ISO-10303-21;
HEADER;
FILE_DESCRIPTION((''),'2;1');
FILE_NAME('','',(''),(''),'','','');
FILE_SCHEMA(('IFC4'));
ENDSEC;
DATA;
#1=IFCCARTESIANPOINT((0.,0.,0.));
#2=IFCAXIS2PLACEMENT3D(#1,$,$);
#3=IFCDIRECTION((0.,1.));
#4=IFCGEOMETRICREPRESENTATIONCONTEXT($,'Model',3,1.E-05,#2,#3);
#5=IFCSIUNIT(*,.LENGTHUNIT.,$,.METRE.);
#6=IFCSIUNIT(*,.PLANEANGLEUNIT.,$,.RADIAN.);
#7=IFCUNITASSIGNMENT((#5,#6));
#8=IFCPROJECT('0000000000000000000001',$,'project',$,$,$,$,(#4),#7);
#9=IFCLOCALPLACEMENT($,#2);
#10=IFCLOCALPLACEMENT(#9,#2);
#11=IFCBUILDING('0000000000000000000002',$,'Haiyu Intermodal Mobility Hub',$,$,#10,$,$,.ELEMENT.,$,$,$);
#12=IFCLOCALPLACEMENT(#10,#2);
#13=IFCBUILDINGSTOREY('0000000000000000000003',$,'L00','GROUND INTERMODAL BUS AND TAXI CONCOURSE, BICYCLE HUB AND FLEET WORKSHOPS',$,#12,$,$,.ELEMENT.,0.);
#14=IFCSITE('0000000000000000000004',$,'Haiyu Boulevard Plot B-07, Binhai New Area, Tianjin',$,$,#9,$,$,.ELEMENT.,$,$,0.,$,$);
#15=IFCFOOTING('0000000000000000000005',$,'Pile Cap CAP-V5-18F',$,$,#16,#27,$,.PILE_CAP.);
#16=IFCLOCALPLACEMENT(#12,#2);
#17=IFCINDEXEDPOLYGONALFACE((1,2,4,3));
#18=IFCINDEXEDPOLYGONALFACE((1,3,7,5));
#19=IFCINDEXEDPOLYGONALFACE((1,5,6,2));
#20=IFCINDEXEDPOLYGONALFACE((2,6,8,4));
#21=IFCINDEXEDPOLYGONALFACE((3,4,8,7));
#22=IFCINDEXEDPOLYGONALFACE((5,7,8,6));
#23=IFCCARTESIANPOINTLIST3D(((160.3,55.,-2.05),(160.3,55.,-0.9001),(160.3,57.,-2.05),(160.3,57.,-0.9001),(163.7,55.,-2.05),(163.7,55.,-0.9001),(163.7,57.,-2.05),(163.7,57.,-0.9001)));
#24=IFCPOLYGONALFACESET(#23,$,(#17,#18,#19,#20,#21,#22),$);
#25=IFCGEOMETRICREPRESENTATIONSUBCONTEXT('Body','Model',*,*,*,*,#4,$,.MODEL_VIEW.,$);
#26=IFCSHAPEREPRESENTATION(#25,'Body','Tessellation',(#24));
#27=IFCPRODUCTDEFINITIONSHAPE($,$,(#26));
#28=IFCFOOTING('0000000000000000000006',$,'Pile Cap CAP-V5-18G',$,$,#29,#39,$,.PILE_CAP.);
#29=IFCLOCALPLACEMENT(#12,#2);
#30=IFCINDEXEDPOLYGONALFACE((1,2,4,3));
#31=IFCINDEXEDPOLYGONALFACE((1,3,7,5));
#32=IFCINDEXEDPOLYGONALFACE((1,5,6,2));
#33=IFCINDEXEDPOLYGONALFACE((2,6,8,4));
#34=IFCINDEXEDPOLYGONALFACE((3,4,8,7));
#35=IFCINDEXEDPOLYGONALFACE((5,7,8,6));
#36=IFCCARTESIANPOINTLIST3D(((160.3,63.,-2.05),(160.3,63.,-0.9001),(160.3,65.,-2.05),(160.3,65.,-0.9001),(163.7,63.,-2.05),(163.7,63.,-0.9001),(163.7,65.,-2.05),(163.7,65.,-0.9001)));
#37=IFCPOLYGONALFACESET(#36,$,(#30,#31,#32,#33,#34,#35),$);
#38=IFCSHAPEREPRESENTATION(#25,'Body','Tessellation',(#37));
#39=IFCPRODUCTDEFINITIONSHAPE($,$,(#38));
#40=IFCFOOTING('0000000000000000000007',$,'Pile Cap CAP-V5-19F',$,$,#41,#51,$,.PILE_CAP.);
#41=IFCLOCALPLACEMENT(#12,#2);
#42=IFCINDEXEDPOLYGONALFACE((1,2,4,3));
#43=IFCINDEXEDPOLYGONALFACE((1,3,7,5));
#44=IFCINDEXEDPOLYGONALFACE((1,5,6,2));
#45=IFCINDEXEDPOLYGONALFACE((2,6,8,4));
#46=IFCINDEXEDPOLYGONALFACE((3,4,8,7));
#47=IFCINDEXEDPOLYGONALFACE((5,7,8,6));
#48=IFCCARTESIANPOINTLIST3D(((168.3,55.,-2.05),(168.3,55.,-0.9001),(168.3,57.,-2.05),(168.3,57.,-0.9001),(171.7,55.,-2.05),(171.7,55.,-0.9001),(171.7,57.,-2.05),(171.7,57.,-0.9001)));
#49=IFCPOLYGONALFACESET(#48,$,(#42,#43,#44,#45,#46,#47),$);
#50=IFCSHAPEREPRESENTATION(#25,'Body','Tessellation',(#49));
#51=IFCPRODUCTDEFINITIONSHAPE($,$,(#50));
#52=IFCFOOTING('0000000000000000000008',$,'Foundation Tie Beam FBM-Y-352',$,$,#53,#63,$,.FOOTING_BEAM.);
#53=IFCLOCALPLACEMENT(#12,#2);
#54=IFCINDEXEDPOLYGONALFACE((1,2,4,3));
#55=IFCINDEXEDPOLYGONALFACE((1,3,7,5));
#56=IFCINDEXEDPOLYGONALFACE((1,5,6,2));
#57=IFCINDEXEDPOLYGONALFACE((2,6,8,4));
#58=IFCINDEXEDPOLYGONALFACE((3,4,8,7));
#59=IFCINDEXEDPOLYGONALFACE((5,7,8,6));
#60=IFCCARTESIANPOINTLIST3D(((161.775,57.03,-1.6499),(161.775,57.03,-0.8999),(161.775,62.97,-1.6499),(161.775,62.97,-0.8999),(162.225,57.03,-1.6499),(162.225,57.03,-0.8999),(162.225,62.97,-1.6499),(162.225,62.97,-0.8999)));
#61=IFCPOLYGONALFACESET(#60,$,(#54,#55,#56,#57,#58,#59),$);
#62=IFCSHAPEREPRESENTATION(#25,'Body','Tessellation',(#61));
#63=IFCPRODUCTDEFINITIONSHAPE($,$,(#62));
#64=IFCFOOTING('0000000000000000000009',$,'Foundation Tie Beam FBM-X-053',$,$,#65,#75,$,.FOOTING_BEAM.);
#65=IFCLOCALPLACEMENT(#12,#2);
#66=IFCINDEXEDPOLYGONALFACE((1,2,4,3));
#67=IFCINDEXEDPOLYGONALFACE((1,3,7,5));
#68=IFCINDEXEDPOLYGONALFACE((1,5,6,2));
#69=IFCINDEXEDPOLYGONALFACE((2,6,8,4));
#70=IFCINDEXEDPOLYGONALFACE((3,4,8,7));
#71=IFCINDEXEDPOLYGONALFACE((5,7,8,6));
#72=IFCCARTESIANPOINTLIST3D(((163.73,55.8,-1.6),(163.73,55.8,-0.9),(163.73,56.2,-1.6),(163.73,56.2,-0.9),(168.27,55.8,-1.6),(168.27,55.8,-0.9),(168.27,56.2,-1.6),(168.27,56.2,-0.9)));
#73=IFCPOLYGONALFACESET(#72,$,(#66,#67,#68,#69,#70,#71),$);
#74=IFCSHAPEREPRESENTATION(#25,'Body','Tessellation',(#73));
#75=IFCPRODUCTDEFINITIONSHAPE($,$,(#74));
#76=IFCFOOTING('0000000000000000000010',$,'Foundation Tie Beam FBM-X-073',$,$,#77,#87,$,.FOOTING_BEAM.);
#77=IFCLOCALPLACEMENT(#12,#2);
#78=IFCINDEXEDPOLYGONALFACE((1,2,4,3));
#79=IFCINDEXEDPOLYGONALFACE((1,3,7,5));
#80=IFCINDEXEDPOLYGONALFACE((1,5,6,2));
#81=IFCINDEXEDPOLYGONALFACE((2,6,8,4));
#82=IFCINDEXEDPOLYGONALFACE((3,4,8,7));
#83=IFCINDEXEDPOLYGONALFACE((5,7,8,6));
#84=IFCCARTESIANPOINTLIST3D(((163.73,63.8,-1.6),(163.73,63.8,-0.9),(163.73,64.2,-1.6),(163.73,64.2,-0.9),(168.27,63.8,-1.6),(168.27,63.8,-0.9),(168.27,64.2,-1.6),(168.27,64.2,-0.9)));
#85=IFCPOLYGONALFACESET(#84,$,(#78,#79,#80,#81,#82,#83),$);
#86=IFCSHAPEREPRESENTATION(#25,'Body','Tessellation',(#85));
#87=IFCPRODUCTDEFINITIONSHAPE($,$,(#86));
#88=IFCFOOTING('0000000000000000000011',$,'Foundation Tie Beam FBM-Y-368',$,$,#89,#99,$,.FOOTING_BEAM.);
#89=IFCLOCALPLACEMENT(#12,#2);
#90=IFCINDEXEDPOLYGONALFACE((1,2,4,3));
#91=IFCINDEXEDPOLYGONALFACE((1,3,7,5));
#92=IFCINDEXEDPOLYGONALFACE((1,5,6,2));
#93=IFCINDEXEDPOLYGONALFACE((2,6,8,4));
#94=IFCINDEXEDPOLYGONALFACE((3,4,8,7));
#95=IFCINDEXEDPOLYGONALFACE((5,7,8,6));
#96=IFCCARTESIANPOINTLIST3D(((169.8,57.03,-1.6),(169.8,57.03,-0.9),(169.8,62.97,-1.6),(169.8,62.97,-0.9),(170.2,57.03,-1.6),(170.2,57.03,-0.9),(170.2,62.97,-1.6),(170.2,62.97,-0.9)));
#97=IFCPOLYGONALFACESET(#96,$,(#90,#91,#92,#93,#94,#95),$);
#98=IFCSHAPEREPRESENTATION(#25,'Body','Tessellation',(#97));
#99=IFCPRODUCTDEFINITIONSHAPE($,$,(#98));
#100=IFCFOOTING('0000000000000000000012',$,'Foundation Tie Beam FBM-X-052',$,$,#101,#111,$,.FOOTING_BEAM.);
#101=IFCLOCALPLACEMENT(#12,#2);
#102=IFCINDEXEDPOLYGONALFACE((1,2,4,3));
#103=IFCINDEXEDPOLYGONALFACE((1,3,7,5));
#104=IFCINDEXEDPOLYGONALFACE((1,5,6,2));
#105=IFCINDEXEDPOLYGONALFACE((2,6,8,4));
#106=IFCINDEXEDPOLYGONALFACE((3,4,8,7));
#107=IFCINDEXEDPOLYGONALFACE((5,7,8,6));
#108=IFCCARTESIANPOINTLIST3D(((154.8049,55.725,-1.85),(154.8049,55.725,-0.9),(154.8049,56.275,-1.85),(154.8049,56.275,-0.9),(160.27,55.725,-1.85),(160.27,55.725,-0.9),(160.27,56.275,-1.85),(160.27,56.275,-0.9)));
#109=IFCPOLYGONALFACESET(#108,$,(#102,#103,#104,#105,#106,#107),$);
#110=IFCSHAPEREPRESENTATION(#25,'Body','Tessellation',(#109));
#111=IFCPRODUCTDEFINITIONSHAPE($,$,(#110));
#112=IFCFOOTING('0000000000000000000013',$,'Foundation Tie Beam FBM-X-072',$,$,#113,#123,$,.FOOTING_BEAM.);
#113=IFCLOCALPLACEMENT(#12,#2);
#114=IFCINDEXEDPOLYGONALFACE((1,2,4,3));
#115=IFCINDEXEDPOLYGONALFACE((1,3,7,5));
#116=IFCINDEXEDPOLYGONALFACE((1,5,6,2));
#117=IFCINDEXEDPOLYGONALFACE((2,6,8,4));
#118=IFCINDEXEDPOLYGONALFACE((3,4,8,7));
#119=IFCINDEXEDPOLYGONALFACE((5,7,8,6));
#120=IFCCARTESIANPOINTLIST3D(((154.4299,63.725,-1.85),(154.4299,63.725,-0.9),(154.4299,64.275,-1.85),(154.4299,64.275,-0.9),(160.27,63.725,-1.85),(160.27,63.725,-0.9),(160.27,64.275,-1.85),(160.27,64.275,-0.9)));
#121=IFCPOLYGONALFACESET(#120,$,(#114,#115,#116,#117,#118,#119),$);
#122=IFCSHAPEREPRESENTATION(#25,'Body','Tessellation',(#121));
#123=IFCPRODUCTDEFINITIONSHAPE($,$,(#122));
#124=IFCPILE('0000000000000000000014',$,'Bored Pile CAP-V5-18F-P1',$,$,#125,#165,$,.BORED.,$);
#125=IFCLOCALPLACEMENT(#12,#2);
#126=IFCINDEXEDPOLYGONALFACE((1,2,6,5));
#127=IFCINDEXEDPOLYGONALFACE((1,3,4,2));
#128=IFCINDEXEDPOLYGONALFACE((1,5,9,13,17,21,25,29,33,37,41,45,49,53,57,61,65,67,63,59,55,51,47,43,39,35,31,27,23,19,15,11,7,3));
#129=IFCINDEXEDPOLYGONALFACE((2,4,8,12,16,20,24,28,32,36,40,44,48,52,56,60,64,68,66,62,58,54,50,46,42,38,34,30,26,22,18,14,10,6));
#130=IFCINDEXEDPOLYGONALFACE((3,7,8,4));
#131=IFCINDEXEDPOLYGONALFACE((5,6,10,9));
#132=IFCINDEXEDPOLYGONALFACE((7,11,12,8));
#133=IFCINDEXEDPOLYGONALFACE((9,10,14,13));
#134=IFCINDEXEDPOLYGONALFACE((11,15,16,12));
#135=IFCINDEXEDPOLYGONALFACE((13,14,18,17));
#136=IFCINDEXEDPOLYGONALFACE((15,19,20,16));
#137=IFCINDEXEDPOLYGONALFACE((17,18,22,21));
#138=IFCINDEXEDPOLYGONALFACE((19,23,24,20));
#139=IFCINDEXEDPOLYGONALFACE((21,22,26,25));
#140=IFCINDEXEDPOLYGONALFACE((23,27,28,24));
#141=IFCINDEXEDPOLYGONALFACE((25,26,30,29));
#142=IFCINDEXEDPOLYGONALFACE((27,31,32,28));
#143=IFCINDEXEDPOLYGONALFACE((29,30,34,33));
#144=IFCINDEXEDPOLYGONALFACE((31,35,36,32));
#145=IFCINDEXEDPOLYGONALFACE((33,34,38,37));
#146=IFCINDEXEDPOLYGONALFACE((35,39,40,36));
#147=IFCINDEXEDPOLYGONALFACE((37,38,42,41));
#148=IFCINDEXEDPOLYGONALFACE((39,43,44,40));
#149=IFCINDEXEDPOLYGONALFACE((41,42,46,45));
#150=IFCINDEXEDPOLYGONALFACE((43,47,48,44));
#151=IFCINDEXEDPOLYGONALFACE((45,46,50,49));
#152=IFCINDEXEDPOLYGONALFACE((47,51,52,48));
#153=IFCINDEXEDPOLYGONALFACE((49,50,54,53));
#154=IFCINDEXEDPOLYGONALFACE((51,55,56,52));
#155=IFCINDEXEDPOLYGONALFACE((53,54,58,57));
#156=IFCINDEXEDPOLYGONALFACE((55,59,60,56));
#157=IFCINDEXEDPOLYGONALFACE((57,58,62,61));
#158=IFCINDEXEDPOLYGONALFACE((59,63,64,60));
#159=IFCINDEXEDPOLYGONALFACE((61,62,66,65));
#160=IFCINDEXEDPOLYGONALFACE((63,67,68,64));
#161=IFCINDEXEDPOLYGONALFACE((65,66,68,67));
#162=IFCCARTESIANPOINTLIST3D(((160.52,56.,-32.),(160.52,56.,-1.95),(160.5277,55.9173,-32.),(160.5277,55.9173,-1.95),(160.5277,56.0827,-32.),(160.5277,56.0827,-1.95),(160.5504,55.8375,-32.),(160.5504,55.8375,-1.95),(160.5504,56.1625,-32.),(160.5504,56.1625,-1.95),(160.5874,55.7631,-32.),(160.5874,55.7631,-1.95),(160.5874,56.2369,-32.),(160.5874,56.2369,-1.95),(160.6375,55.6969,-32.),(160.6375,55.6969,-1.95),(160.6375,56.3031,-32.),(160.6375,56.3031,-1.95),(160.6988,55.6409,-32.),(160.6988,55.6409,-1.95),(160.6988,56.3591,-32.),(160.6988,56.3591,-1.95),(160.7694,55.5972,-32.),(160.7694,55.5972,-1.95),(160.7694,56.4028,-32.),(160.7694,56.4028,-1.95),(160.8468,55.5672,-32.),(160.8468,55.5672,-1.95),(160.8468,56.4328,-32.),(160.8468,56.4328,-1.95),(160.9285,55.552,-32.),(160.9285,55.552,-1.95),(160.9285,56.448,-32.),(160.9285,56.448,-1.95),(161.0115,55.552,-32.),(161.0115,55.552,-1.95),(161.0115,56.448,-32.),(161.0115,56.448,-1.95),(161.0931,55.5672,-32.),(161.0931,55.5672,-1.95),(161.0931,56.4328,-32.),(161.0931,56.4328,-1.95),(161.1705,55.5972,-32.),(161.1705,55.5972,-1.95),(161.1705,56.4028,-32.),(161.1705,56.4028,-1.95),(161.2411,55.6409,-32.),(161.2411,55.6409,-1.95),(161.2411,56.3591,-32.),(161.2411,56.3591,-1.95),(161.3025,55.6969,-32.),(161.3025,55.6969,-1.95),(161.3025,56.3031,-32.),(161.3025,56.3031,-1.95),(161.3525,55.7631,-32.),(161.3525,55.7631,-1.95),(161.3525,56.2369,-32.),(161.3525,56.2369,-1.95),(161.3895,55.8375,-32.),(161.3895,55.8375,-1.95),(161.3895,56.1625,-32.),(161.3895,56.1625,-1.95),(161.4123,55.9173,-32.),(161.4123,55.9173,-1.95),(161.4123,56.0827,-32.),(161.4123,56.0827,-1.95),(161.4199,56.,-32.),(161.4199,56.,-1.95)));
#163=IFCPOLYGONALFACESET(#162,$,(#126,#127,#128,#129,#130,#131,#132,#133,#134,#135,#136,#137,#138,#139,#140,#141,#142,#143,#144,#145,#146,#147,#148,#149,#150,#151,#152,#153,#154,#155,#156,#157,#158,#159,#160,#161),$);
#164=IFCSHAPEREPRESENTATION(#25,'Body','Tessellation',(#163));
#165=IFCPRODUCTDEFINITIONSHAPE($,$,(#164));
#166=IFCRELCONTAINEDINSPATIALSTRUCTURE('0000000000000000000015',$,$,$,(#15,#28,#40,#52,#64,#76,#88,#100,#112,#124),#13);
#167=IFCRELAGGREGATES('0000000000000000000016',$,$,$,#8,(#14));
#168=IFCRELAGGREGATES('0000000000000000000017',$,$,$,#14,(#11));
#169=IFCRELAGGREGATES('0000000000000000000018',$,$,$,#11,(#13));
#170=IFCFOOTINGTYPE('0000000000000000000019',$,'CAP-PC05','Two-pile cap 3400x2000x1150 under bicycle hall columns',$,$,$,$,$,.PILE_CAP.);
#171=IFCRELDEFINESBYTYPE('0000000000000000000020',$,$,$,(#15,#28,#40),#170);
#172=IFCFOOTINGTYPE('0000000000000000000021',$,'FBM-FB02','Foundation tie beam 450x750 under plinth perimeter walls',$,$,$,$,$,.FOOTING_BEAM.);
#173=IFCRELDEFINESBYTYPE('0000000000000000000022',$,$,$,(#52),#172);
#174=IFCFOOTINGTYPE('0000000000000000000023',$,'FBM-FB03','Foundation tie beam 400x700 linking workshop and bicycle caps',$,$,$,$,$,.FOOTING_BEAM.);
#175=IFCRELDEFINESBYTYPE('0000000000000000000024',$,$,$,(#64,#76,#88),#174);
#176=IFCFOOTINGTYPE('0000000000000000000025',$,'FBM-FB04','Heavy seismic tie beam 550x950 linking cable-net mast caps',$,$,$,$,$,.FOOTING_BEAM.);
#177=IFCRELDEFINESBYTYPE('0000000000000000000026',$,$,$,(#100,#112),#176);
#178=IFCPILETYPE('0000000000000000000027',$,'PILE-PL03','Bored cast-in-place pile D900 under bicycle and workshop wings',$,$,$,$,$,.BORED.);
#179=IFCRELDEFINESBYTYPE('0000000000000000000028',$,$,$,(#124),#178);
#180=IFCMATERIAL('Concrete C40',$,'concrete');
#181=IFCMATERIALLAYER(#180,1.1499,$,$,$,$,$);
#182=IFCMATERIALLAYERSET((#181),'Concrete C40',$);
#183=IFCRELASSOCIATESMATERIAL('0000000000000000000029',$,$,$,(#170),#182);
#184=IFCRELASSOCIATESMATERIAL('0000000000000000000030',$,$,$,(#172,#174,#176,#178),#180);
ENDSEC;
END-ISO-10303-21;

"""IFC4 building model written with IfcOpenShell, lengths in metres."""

from ifc_helpers import new_model, si_unit, direction, frame, origin, origin_2d, place, context, subcontext, project, spatial, rectangle, circle, extrude, material, layer, layer_set, material_profile, profile_set, type_object, element, save


model = new_model("IFC4")

# Units and contexts
model_context = context("Model", 3, precision=1e-05, world=origin(), true_north=direction((0.0, 1.0)))
body_context = subcontext(model_context, "Body", "Model", "MODEL_VIEW")
ifc_project = project(units=[si_unit("LENGTHUNIT", "METRE"), si_unit("PLANEANGLEUNIT", "RADIAN")], contexts=[model_context])

# Site, building, storey
site_placement = place(None, origin())
site = spatial("IfcSite", under=ifc_project, at=site_placement, Name="Haiyu Boulevard Plot B-07, Binhai New Area, Tianjin", CompositionType="ELEMENT", RefElevation=0.0)
building_placement = place(site_placement, origin())
building = spatial("IfcBuilding", under=site, at=building_placement, Name="Haiyu Intermodal Mobility Hub", CompositionType="ELEMENT")
storey_placement = place(building_placement, origin())
storey = spatial("IfcBuildingStorey", under=building, at=storey_placement, Name="L00", Description="GROUND INTERMODAL BUS AND TAXI CONCOURSE, BICYCLE HUB AND FLEET WORKSHOPS", CompositionType="ELEMENT", Elevation=0.0)

# Footings
ifc_material_1 = material(Name="Concrete C40", Category="concrete")
ifc_layer = layer(ifc_material_1, 1.1499)
ifc_layer_set = layer_set([ifc_layer], Name="Concrete C40")
footing_type_1 = type_object("IfcFootingType", Name="CAP-PC05", Description="Two-pile cap 3400x2000x1150 under bicycle hall columns", PredefinedType="PILE_CAP", material=ifc_layer_set)
for number, where, z_axis, x_axis, name in (
    (1, (162.0, 56.0, -2.05), (0.0, 0.0, 1.0), (1.0, 0.0, 0.0), "Pile Cap CAP-V5-18F"),
    (2, (162.0, 64.0, -2.05), (0.0, 0.0, 1.0), (1.0, 0.0, 0.0), "Pile Cap CAP-V5-18G"),
    (3, (170.0, 56.0, -2.05), (0.0, 0.0, 1.0), (1.0, 0.0, 0.0), "Pile Cap CAP-V5-19F"),
):
    element("IfcFooting", number, at=place(storey_placement, frame(where, z_axis=z_axis, x_axis=x_axis)), inside=storey, type_object=footing_type_1, Name=name, PredefinedType="PILE_CAP", context=body_context, shape_type="SweptSolid", body=[
        extrude(rectangle(XDim=3.3999, YDim=2.0, at=origin_2d()), origin(), (0.0, 0.0, 1.0), 1.1499),
    ])
ifc_material_profile_1 = material_profile(ifc_material_1, rectangle(XDim=0.45, YDim=0.75, at=origin_2d()), Name="FB450x750")
ifc_profile_set_1 = profile_set([ifc_material_profile_1], Name="Concrete C40")
footing_type_2 = type_object("IfcFootingType", Name="FBM-FB02", Description="Foundation tie beam 450x750 under plinth perimeter walls", PredefinedType="FOOTING_BEAM", material=ifc_profile_set_1)
footing_1_placement = place(storey_placement, frame((162.0, 57.03, -1.2749), z_axis=(0.0, 1.0, 0.0), x_axis=(-1.0, 0.0, 0.0)))
element("IfcFooting", 4, at=footing_1_placement, inside=storey, type_object=footing_type_2, Name="Foundation Tie Beam FBM-Y-352", PredefinedType="FOOTING_BEAM", context=body_context, shape_type="SweptSolid", body=[
    extrude(rectangle(XDim=0.45, YDim=0.75, at=origin_2d()), origin(), (0.0, 0.0, 1.0), 5.9399),
])
ifc_material_profile_2 = material_profile(ifc_material_1, rectangle(XDim=0.3999, YDim=0.7, at=origin_2d()), Name="FB400x700")
ifc_profile_set_2 = profile_set([ifc_material_profile_2], Name="Concrete C40")
footing_type_3 = type_object("IfcFootingType", Name="FBM-FB03", Description="Foundation tie beam 400x700 linking workshop and bicycle caps", PredefinedType="FOOTING_BEAM", material=ifc_profile_set_2)
for number, where, z_axis, x_axis, name in (
    (5, (163.73, 56.0, -1.25), (1.0, 0.0, 0.0), (0.0, 1.0, 0.0), "Foundation Tie Beam FBM-X-053"),
    (6, (163.73, 64.0, -1.25), (1.0, 0.0, 0.0), (0.0, 1.0, 0.0), "Foundation Tie Beam FBM-X-073"),
):
    element("IfcFooting", number, at=place(storey_placement, frame(where, z_axis=z_axis, x_axis=x_axis)), inside=storey, type_object=footing_type_3, Name=name, PredefinedType="FOOTING_BEAM", context=body_context, shape_type="SweptSolid", body=[
        extrude(rectangle(XDim=0.3999, YDim=0.7, at=origin_2d()), origin(), (0.0, 0.0, 1.0), 4.54),
    ])
footing_2_placement = place(storey_placement, frame((170.0, 57.03, -1.25), z_axis=(0.0, 1.0, 0.0), x_axis=(-1.0, 0.0, 0.0)))
element("IfcFooting", 7, at=footing_2_placement, inside=storey, type_object=footing_type_3, Name="Foundation Tie Beam FBM-Y-368", PredefinedType="FOOTING_BEAM", context=body_context, shape_type="SweptSolid", body=[
    extrude(rectangle(XDim=0.3999, YDim=0.7, at=origin_2d()), origin(), (0.0, 0.0, 1.0), 5.9399),
])
ifc_material_profile_3 = material_profile(ifc_material_1, rectangle(XDim=0.55, YDim=0.95, at=origin_2d()), Name="FB550x950")
ifc_profile_set_3 = profile_set([ifc_material_profile_3], Name="Concrete C40")
footing_type_4 = type_object("IfcFootingType", Name="FBM-FB04", Description="Heavy seismic tie beam 550x950 linking cable-net mast caps", PredefinedType="FOOTING_BEAM", material=ifc_profile_set_3)
footing_3_placement = place(storey_placement, frame((154.8049, 56.0, -1.375), z_axis=(1.0, 0.0, 0.0), x_axis=(0.0, 1.0, 0.0)))
element("IfcFooting", 8, at=footing_3_placement, inside=storey, type_object=footing_type_4, Name="Foundation Tie Beam FBM-X-052", PredefinedType="FOOTING_BEAM", context=body_context, shape_type="SweptSolid", body=[
    extrude(rectangle(XDim=0.55, YDim=0.95, at=origin_2d()), origin(), (0.0, 0.0, 1.0), 5.4651),
])
footing_4_placement = place(storey_placement, frame((154.4299, 64.0, -1.375), z_axis=(1.0, 0.0, 0.0), x_axis=(0.0, 1.0, 0.0)))
element("IfcFooting", 9, at=footing_4_placement, inside=storey, type_object=footing_type_4, Name="Foundation Tie Beam FBM-X-072", PredefinedType="FOOTING_BEAM", context=body_context, shape_type="SweptSolid", body=[
    extrude(rectangle(XDim=0.55, YDim=0.95, at=origin_2d()), origin(), (0.0, 0.0, 1.0), 5.8401),
])

# Pile
ifc_material_profile_4 = material_profile(ifc_material_1, circle(Radius=0.45, at=origin_2d()), Name="PILE-D900")
ifc_profile_set_4 = profile_set([ifc_material_profile_4], Name="Concrete C40")
pile_type = type_object("IfcPileType", Name="PILE-PL03", Description="Bored cast-in-place pile D900 under bicycle and workshop wings", PredefinedType="BORED", material=ifc_profile_set_4)
for number, where, z_axis, x_axis, name in (
    (10, (160.97, 56.0, -1.95), (0.0, 0.0, -1.0), (1.0, 0.0, 0.0), "Bored Pile CAP-V5-18F-P1"),
):
    element("IfcPile", number, at=place(storey_placement, frame(where, z_axis=z_axis, x_axis=x_axis)), inside=storey, type_object=pile_type, Name=name, PredefinedType="BORED", context=body_context, shape_type="SweptSolid", body=[
        extrude(circle(Radius=0.45, at=origin_2d()), origin(), (0.0, 0.0, 1.0), 30.05),
    ])

save(model, "model.ifc")
